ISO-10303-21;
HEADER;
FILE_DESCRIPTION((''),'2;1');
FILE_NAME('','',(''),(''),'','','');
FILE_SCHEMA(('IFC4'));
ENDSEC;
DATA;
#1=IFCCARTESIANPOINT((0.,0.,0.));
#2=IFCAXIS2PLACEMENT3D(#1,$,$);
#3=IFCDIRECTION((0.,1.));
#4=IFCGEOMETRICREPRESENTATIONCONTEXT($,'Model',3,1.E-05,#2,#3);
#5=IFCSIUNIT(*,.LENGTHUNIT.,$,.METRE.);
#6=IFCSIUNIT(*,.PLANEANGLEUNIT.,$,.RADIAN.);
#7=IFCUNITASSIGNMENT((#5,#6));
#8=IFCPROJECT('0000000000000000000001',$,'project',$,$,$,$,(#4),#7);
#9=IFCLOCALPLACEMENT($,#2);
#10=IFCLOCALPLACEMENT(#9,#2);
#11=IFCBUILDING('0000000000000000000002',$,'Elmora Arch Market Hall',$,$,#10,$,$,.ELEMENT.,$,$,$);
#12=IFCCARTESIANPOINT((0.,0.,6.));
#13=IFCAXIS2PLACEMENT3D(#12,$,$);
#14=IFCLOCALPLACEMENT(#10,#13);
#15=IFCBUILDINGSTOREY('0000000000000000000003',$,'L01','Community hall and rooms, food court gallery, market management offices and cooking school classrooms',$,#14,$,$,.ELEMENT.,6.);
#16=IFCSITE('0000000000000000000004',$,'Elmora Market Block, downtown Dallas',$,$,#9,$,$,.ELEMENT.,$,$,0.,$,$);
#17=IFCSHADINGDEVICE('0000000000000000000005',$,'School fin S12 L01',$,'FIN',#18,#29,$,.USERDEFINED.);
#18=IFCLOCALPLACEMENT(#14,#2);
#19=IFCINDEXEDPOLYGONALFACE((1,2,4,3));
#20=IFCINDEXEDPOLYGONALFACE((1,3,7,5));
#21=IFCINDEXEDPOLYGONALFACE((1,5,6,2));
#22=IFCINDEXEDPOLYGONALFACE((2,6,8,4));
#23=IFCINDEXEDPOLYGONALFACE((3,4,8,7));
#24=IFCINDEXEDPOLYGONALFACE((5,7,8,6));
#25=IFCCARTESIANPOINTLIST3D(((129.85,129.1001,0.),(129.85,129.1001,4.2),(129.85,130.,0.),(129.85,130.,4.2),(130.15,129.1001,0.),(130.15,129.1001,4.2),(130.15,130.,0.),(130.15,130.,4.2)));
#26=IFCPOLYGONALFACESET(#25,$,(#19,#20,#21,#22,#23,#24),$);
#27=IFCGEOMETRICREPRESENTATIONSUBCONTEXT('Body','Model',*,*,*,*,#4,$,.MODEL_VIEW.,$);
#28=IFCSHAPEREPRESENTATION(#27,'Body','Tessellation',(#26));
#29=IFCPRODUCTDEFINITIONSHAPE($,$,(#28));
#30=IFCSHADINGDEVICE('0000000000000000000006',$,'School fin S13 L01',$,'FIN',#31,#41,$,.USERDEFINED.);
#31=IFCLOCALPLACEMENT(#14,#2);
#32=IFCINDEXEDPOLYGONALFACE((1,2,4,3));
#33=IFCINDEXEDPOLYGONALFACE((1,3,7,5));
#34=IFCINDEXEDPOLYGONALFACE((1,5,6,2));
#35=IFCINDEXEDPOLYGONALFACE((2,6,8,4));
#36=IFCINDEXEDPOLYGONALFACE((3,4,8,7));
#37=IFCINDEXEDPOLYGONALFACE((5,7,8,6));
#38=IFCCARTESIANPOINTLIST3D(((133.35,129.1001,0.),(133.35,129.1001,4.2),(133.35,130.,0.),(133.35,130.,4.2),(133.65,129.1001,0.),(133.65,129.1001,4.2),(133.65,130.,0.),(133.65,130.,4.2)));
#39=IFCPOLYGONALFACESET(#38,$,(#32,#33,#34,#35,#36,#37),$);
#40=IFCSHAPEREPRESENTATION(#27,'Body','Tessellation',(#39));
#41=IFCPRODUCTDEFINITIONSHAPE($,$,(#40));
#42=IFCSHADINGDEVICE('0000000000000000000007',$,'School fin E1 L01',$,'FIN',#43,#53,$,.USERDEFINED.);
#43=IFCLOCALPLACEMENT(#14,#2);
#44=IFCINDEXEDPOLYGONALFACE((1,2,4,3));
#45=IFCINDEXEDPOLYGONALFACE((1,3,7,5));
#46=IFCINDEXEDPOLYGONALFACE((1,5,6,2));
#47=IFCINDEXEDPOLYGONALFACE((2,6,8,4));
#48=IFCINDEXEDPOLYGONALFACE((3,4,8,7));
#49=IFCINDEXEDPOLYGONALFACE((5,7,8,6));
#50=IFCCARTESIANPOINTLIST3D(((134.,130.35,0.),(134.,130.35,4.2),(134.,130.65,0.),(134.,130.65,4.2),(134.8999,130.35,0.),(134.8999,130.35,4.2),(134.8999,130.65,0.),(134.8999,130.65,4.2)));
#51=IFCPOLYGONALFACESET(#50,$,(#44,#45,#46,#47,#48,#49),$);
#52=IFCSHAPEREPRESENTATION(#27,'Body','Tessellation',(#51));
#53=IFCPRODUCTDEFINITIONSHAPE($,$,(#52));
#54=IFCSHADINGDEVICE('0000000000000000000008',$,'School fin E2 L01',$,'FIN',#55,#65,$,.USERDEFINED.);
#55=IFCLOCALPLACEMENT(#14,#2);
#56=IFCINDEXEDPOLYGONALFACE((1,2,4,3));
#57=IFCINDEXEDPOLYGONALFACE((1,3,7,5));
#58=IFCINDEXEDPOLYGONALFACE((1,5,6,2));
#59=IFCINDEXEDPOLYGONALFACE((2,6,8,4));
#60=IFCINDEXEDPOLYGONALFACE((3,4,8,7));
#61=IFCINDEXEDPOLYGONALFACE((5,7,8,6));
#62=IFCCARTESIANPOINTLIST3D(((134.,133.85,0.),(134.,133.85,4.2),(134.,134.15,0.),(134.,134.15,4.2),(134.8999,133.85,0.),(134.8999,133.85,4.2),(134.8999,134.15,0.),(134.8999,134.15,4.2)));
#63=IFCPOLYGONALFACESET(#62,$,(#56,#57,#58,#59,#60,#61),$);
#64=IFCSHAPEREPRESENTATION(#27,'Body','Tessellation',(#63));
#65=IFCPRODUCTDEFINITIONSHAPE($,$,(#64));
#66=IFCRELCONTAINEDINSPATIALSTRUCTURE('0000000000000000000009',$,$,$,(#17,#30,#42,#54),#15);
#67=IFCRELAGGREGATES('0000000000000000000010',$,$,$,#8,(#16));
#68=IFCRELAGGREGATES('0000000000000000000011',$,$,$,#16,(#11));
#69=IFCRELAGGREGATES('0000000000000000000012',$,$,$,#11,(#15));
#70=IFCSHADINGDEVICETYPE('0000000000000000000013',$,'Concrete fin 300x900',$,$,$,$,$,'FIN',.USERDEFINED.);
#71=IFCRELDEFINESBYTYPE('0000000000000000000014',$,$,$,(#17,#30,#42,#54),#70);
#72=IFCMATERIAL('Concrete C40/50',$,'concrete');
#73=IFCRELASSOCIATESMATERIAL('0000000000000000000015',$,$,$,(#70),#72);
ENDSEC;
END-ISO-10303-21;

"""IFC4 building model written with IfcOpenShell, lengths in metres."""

from ifc_helpers import new_model, si_unit, direction, frame, origin, origin_2d, place, context, subcontext, project, spatial, rectangle, extrude, material, type_object, element, save


model = new_model("IFC4")

# Units and contexts
model_context = context("Model", 3, precision=1e-05, world=origin(), true_north=direction((0.0, 1.0)))
body_context = subcontext(model_context, "Body", "Model", "MODEL_VIEW")
ifc_project = project(units=[si_unit("LENGTHUNIT", "METRE"), si_unit("PLANEANGLEUNIT", "RADIAN")], contexts=[model_context])

# Site, building, storey
site_placement = place(None, origin())
site = spatial("IfcSite", under=ifc_project, at=site_placement, Name="Elmora Market Block, downtown Dallas", CompositionType="ELEMENT", RefElevation=0.0)
building_placement = place(site_placement, origin())
building = spatial("IfcBuilding", under=site, at=building_placement, Name="Elmora Arch Market Hall", CompositionType="ELEMENT")
storey_placement = place(building_placement, frame((0.0, 0.0, 6.0)))
storey = spatial("IfcBuildingStorey", under=building, at=storey_placement, Name="L01", Description="Community hall and rooms, food court gallery, market management offices and cooking school classrooms", CompositionType="ELEMENT", Elevation=6.0)

# Shading devices
ifc_material_1 = material(Name="Concrete C40/50", Category="concrete")
shading_device_type_1 = type_object("IfcShadingDeviceType", Name="Concrete fin 300x900", ElementType="FIN", PredefinedType="USERDEFINED", material=ifc_material_1)
for number, where, z_axis, x_axis, name in (
    (1, (130.0, 129.55, 0.0), (0.0, 0.0, 1.0), (1.0, 0.0, 0.0), "School fin S12 L01"),
    (2, (133.5, 129.55, 0.0), (0.0, 0.0, 1.0), (1.0, 0.0, 0.0), "School fin S13 L01"),
):
    element("IfcShadingDevice", number, at=place(storey_placement, frame(where, z_axis=z_axis, x_axis=x_axis)), inside=storey, type_object=shading_device_type_1, Name=name, ObjectType="FIN", PredefinedType="USERDEFINED", context=body_context, shape_type="SweptSolid", body=[
        extrude(rectangle(XDim=0.3, YDim=0.8999, at=origin_2d()), origin(), (0.0, 0.0, 1.0), 4.2),
    ])
for number, where, z_axis, x_axis, name in (
    (3, (134.45, 130.5, 0.0), (0.0, 0.0, 1.0), (1.0, 0.0, 0.0), "School fin E1 L01"),
    (4, (134.45, 134.0, 0.0), (0.0, 0.0, 1.0), (1.0, 0.0, 0.0), "School fin E2 L01"),
):
    element("IfcShadingDevice", number, at=place(storey_placement, frame(where, z_axis=z_axis, x_axis=x_axis)), inside=storey, type_object=shading_device_type_1, Name=name, ObjectType="FIN", PredefinedType="USERDEFINED", context=body_context, shape_type="SweptSolid", body=[
        extrude(rectangle(XDim=0.8999, YDim=0.3, at=origin_2d()), origin(), (0.0, 0.0, 1.0), 4.2),
    ])

save(model, "model.ifc")
